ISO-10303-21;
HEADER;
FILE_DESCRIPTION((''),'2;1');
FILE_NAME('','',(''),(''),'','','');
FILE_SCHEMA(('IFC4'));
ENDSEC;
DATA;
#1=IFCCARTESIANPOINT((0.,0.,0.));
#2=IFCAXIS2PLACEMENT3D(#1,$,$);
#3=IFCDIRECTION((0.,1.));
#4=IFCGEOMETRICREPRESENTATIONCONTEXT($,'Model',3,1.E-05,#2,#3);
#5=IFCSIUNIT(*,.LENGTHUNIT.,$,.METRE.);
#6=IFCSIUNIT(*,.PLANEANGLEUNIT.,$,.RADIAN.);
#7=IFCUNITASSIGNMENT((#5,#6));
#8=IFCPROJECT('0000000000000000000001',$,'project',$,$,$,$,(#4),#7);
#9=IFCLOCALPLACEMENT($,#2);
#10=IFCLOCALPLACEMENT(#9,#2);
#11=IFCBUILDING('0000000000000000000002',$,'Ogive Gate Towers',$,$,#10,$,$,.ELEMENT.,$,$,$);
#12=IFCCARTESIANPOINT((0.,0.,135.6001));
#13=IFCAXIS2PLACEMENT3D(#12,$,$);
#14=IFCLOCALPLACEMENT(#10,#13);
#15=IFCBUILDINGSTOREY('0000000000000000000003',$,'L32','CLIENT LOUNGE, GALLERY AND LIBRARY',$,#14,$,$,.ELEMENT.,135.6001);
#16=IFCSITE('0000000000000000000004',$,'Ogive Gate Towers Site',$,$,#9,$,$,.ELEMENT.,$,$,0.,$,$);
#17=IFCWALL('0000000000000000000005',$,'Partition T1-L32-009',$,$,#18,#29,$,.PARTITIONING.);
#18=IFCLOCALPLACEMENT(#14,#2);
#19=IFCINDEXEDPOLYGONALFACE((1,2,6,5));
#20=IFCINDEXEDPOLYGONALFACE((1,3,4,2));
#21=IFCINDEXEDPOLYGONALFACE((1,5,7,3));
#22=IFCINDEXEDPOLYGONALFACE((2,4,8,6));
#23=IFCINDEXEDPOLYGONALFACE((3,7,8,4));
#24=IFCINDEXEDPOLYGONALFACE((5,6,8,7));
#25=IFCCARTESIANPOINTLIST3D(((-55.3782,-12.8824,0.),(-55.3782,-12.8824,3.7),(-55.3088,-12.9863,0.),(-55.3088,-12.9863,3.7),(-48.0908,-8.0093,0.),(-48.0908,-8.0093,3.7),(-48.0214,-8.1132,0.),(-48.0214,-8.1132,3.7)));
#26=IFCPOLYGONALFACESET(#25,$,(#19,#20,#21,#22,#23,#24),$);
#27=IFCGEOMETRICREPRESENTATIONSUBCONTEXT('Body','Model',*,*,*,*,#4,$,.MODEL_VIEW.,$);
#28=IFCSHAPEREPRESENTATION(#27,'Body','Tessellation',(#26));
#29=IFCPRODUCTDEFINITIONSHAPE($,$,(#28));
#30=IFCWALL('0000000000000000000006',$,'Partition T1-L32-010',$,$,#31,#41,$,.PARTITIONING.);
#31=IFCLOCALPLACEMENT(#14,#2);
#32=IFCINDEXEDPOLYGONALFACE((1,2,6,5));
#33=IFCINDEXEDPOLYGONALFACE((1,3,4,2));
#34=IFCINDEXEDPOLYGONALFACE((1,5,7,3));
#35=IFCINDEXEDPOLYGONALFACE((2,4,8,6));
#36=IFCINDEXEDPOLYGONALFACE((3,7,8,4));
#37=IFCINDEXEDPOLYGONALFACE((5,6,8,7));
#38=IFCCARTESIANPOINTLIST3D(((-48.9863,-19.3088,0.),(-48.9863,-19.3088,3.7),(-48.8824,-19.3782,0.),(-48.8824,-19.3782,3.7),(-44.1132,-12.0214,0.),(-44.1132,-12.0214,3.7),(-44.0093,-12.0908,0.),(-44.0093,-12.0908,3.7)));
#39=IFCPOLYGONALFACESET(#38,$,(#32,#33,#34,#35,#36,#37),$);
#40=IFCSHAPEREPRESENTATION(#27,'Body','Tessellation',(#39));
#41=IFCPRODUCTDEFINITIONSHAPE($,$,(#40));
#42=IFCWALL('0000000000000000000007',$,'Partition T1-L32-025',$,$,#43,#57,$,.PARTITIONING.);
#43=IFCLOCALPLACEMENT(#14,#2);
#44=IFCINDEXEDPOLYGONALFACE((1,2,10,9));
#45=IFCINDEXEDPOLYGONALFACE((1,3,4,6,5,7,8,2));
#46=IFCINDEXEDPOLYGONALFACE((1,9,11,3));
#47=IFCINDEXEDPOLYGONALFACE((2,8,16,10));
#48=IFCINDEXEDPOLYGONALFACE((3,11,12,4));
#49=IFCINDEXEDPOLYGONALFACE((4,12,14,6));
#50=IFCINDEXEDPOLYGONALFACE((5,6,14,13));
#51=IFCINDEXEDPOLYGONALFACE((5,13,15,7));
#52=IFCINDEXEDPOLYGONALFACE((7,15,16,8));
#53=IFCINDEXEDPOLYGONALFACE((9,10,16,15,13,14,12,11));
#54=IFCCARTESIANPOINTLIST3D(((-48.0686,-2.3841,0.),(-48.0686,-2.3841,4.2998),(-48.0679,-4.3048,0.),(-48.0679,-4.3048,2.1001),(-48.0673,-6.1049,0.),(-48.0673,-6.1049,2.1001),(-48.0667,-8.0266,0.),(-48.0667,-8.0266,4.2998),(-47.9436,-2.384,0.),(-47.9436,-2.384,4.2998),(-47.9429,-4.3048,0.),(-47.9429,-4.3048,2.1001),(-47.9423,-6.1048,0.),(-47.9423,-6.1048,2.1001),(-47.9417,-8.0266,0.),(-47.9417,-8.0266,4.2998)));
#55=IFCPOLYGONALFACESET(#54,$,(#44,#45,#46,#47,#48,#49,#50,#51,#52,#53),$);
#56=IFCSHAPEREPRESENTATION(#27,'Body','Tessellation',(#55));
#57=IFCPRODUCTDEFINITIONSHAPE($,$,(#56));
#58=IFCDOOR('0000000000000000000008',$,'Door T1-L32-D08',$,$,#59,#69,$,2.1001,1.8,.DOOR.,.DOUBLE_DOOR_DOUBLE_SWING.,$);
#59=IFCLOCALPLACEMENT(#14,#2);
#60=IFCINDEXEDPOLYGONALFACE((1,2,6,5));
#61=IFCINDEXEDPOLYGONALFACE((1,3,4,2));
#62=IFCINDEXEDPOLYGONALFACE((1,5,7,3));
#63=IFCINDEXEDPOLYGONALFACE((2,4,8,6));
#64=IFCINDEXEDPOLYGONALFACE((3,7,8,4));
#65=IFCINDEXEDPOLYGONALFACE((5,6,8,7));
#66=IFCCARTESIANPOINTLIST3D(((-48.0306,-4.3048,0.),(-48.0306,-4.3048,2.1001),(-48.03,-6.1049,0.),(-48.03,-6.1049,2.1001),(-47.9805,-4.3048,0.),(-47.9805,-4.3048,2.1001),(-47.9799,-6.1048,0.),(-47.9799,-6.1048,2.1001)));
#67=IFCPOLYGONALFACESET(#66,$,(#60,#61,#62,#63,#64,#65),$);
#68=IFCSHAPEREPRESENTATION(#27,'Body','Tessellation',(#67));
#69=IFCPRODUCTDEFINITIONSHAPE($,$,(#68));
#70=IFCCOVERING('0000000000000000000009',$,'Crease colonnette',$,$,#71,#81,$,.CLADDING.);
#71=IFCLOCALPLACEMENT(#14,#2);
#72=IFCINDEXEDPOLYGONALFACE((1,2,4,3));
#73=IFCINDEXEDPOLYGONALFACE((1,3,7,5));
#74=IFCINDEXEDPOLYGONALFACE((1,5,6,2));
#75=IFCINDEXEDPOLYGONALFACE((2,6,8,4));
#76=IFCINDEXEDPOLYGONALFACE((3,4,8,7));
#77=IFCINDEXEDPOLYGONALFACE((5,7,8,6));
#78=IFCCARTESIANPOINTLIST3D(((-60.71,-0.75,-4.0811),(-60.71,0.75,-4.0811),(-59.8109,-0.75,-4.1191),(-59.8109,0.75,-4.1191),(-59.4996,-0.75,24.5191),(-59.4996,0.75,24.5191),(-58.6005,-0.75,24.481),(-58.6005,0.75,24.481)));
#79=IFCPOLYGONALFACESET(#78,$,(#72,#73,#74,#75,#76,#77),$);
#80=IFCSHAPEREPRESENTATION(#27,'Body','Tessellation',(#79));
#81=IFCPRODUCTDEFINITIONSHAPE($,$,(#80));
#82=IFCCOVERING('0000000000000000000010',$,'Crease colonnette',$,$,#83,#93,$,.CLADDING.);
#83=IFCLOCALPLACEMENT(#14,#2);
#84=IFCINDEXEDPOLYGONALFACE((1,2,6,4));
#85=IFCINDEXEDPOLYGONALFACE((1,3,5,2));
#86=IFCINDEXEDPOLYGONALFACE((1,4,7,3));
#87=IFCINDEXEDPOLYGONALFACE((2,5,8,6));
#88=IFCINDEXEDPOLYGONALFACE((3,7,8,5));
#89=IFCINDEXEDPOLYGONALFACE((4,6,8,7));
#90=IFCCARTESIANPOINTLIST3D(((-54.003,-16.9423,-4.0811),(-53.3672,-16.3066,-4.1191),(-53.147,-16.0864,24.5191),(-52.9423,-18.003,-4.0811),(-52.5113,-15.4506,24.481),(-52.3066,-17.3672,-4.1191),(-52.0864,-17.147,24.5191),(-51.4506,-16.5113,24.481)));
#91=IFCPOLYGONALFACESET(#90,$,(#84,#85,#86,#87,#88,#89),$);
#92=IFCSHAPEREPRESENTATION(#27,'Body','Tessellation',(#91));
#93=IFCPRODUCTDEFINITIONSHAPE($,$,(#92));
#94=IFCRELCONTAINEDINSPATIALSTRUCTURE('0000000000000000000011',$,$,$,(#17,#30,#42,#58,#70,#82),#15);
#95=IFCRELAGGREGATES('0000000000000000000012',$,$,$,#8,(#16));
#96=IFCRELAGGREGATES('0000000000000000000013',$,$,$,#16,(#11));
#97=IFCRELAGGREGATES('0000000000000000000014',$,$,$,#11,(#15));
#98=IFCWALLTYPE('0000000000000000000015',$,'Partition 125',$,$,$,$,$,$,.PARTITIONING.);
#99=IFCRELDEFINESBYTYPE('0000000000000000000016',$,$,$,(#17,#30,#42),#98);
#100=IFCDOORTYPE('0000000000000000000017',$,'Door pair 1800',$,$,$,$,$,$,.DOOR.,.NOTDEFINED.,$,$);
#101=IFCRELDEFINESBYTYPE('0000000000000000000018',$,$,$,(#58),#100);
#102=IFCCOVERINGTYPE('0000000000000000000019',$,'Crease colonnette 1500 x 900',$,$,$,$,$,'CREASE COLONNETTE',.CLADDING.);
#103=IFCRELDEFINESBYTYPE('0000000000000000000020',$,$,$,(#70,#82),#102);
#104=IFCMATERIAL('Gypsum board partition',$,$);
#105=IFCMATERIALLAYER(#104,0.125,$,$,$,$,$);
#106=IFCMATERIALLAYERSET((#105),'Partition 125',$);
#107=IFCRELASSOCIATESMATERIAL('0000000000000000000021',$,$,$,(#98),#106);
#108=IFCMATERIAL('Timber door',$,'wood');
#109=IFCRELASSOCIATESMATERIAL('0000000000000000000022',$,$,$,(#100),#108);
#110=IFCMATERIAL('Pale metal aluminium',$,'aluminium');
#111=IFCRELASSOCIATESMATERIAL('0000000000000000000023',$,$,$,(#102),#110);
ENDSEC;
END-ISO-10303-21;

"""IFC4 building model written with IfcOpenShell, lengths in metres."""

from ifc_helpers import new_model, si_unit, direction, frame, frame_2d, origin, origin_2d, place, context, subcontext, project, spatial, rectangle, extrude, material, layer, layer_set, material_profile, profile_set, type_object, element, fill, save


model = new_model("IFC4")

# Units and contexts
model_context = context("Model", 3, precision=1e-05, world=origin(), true_north=direction((0.0, 1.0)))
body_context = subcontext(model_context, "Body", "Model", "MODEL_VIEW")
ifc_project = project(units=[si_unit("LENGTHUNIT", "METRE"), si_unit("PLANEANGLEUNIT", "RADIAN")], contexts=[model_context])

# Site, building, storey
site_placement = place(None, origin())
site = spatial("IfcSite", under=ifc_project, at=site_placement, Name="Ogive Gate Towers Site", CompositionType="ELEMENT", RefElevation=0.0)
building_placement = place(site_placement, origin())
building = spatial("IfcBuilding", under=site, at=building_placement, Name="Ogive Gate Towers", CompositionType="ELEMENT")
storey_placement = place(building_placement, frame((0.0, 0.0, 135.6001)))
storey = spatial("IfcBuildingStorey", under=building, at=storey_placement, Name="L32", Description="CLIENT LOUNGE, GALLERY AND LIBRARY", CompositionType="ELEMENT", Elevation=135.6001)

# Shared definitions
ifc_material_1 = material(Name="Pale metal aluminium", Category="aluminium")

# Walls
ifc_material_2 = material(Name="Gypsum board partition")
ifc_layer_1 = layer(ifc_material_2, 0.125)
ifc_layer_set_1 = layer_set([ifc_layer_1], Name="Partition 125")
wall_type = type_object("IfcWallType", Name="Partition 125", PredefinedType="PARTITIONING", material=ifc_layer_set_1)
for number, where, z_axis, x_axis, name in (
    (1, (-55.3435, -12.9343, 0.0), (0.0, 0.0, 1.0), (0.83127, 0.555869, 0.0), "Partition T1-L32-009"),
    (2, (-48.9343, -19.3435, 0.0), (0.0, 0.0, 1.0), (0.555869, 0.83127, 0.0), "Partition T1-L32-010"),
):
    element("IfcWall", number, at=place(storey_placement, frame(where, z_axis=z_axis, x_axis=x_axis)), inside=storey, type_object=wall_type, Name=name, PredefinedType="PARTITIONING", context=body_context, shape_type="SweptSolid", body=[
        extrude(rectangle(XDim=8.7666, YDim=0.125, at=frame_2d((4.3833, 0.0))), origin(), (0.0, 0.0, 1.0), 3.7),
    ])

# Wall, opening, door
wall_1_placement = place(storey_placement, frame((-48.0061, -2.384, 0.0), z_axis=(0.0, 0.0, 1.0), x_axis=(0.000346, -1.0, 0.0)))
wall_1 = element("IfcWall", 3, at=wall_1_placement, inside=storey, type_object=wall_type, Name="Partition T1-L32-025", PredefinedType="PARTITIONING", context=body_context, shape_type="SweptSolid", body=[
    extrude(rectangle(XDim=5.6426, YDim=0.125, at=frame_2d((2.8213, 0.0))), origin(), (0.0, 0.0, 1.0), 4.2998),
])
opening_placement = place(wall_1_placement, frame((1.9209, 0.0, 0.0)))
opening = element("IfcOpeningElement", 4, at=opening_placement, cuts=wall_1, PredefinedType="OPENING", context=body_context, shape_type="SweptSolid", body=[
    extrude(rectangle(XDim=1.8, YDim=2.1001, at=frame_2d((0.8999, 1.05))), frame((0.0, 0.0725, 0.0), z_axis=(0.0, -1.0, 0.0), x_axis=(1.0, 0.0, 0.0)), (0.0, 0.0, 1.0), 0.145),
])
ifc_material_3 = material(Name="Timber door", Category="wood")
door_type = type_object("IfcDoorType", Name="Door pair 1800", OperationType="NOTDEFINED", PredefinedType="DOOR", material=ifc_material_3)
door_placement = place(opening_placement, origin())
door = element("IfcDoor", 5, at=door_placement, inside=storey, type_object=door_type, Name="Door T1-L32-D08", OperationType="DOUBLE_DOOR_DOUBLE_SWING", OverallHeight=2.1001, OverallWidth=1.8, PredefinedType="DOOR", context=body_context, shape_type="SweptSolid", body=[
    extrude(rectangle(XDim=1.8, YDim=2.1001, at=frame_2d((0.8999, 1.05))), frame((0.0, 0.0249, 0.0), z_axis=(0.0, -1.0, 0.0), x_axis=(1.0, 0.0, 0.0)), (0.0, 0.0, 1.0), 0.05),
])
fill(opening, door)

# Coverings
ifc_material_profile_1 = material_profile(ifc_material_1, rectangle(XDim=1.5, YDim=0.8999, at=origin_2d()), Name="1500 x 900 pale metal aluminium")
ifc_profile_set_1 = profile_set([ifc_material_profile_1], Name="Pale metal aluminium")
covering_type = type_object("IfcCoveringType", Name="Crease colonnette 1500 x 900", ElementType="CREASE COLONNETTE", PredefinedType="CLADDING", material=ifc_profile_set_1)
for number, where, z_axis, x_axis, name in (
    (6, (-60.2605, 0.0, -4.1001), (0.042285, 0.0, 0.999106), (0.0, 1.0, 0.0), "Crease colonnette"),
    (7, (-53.1548, -17.1548, -4.1001), (0.029902, 0.029902, 0.999105), (-0.707107, 0.707107, 0.0), "Crease colonnette"),
):
    element("IfcCovering", number, at=place(storey_placement, frame(where, z_axis=z_axis, x_axis=x_axis)), inside=storey, type_object=covering_type, Name=name, PredefinedType="CLADDING", context=body_context, shape_type="SweptSolid", body=[
        extrude(rectangle(XDim=1.5, YDim=0.8999, at=origin_2d()), origin(), (0.0, 0.0, 1.0), 28.6257),
    ])

save(model, "model.ifc")
